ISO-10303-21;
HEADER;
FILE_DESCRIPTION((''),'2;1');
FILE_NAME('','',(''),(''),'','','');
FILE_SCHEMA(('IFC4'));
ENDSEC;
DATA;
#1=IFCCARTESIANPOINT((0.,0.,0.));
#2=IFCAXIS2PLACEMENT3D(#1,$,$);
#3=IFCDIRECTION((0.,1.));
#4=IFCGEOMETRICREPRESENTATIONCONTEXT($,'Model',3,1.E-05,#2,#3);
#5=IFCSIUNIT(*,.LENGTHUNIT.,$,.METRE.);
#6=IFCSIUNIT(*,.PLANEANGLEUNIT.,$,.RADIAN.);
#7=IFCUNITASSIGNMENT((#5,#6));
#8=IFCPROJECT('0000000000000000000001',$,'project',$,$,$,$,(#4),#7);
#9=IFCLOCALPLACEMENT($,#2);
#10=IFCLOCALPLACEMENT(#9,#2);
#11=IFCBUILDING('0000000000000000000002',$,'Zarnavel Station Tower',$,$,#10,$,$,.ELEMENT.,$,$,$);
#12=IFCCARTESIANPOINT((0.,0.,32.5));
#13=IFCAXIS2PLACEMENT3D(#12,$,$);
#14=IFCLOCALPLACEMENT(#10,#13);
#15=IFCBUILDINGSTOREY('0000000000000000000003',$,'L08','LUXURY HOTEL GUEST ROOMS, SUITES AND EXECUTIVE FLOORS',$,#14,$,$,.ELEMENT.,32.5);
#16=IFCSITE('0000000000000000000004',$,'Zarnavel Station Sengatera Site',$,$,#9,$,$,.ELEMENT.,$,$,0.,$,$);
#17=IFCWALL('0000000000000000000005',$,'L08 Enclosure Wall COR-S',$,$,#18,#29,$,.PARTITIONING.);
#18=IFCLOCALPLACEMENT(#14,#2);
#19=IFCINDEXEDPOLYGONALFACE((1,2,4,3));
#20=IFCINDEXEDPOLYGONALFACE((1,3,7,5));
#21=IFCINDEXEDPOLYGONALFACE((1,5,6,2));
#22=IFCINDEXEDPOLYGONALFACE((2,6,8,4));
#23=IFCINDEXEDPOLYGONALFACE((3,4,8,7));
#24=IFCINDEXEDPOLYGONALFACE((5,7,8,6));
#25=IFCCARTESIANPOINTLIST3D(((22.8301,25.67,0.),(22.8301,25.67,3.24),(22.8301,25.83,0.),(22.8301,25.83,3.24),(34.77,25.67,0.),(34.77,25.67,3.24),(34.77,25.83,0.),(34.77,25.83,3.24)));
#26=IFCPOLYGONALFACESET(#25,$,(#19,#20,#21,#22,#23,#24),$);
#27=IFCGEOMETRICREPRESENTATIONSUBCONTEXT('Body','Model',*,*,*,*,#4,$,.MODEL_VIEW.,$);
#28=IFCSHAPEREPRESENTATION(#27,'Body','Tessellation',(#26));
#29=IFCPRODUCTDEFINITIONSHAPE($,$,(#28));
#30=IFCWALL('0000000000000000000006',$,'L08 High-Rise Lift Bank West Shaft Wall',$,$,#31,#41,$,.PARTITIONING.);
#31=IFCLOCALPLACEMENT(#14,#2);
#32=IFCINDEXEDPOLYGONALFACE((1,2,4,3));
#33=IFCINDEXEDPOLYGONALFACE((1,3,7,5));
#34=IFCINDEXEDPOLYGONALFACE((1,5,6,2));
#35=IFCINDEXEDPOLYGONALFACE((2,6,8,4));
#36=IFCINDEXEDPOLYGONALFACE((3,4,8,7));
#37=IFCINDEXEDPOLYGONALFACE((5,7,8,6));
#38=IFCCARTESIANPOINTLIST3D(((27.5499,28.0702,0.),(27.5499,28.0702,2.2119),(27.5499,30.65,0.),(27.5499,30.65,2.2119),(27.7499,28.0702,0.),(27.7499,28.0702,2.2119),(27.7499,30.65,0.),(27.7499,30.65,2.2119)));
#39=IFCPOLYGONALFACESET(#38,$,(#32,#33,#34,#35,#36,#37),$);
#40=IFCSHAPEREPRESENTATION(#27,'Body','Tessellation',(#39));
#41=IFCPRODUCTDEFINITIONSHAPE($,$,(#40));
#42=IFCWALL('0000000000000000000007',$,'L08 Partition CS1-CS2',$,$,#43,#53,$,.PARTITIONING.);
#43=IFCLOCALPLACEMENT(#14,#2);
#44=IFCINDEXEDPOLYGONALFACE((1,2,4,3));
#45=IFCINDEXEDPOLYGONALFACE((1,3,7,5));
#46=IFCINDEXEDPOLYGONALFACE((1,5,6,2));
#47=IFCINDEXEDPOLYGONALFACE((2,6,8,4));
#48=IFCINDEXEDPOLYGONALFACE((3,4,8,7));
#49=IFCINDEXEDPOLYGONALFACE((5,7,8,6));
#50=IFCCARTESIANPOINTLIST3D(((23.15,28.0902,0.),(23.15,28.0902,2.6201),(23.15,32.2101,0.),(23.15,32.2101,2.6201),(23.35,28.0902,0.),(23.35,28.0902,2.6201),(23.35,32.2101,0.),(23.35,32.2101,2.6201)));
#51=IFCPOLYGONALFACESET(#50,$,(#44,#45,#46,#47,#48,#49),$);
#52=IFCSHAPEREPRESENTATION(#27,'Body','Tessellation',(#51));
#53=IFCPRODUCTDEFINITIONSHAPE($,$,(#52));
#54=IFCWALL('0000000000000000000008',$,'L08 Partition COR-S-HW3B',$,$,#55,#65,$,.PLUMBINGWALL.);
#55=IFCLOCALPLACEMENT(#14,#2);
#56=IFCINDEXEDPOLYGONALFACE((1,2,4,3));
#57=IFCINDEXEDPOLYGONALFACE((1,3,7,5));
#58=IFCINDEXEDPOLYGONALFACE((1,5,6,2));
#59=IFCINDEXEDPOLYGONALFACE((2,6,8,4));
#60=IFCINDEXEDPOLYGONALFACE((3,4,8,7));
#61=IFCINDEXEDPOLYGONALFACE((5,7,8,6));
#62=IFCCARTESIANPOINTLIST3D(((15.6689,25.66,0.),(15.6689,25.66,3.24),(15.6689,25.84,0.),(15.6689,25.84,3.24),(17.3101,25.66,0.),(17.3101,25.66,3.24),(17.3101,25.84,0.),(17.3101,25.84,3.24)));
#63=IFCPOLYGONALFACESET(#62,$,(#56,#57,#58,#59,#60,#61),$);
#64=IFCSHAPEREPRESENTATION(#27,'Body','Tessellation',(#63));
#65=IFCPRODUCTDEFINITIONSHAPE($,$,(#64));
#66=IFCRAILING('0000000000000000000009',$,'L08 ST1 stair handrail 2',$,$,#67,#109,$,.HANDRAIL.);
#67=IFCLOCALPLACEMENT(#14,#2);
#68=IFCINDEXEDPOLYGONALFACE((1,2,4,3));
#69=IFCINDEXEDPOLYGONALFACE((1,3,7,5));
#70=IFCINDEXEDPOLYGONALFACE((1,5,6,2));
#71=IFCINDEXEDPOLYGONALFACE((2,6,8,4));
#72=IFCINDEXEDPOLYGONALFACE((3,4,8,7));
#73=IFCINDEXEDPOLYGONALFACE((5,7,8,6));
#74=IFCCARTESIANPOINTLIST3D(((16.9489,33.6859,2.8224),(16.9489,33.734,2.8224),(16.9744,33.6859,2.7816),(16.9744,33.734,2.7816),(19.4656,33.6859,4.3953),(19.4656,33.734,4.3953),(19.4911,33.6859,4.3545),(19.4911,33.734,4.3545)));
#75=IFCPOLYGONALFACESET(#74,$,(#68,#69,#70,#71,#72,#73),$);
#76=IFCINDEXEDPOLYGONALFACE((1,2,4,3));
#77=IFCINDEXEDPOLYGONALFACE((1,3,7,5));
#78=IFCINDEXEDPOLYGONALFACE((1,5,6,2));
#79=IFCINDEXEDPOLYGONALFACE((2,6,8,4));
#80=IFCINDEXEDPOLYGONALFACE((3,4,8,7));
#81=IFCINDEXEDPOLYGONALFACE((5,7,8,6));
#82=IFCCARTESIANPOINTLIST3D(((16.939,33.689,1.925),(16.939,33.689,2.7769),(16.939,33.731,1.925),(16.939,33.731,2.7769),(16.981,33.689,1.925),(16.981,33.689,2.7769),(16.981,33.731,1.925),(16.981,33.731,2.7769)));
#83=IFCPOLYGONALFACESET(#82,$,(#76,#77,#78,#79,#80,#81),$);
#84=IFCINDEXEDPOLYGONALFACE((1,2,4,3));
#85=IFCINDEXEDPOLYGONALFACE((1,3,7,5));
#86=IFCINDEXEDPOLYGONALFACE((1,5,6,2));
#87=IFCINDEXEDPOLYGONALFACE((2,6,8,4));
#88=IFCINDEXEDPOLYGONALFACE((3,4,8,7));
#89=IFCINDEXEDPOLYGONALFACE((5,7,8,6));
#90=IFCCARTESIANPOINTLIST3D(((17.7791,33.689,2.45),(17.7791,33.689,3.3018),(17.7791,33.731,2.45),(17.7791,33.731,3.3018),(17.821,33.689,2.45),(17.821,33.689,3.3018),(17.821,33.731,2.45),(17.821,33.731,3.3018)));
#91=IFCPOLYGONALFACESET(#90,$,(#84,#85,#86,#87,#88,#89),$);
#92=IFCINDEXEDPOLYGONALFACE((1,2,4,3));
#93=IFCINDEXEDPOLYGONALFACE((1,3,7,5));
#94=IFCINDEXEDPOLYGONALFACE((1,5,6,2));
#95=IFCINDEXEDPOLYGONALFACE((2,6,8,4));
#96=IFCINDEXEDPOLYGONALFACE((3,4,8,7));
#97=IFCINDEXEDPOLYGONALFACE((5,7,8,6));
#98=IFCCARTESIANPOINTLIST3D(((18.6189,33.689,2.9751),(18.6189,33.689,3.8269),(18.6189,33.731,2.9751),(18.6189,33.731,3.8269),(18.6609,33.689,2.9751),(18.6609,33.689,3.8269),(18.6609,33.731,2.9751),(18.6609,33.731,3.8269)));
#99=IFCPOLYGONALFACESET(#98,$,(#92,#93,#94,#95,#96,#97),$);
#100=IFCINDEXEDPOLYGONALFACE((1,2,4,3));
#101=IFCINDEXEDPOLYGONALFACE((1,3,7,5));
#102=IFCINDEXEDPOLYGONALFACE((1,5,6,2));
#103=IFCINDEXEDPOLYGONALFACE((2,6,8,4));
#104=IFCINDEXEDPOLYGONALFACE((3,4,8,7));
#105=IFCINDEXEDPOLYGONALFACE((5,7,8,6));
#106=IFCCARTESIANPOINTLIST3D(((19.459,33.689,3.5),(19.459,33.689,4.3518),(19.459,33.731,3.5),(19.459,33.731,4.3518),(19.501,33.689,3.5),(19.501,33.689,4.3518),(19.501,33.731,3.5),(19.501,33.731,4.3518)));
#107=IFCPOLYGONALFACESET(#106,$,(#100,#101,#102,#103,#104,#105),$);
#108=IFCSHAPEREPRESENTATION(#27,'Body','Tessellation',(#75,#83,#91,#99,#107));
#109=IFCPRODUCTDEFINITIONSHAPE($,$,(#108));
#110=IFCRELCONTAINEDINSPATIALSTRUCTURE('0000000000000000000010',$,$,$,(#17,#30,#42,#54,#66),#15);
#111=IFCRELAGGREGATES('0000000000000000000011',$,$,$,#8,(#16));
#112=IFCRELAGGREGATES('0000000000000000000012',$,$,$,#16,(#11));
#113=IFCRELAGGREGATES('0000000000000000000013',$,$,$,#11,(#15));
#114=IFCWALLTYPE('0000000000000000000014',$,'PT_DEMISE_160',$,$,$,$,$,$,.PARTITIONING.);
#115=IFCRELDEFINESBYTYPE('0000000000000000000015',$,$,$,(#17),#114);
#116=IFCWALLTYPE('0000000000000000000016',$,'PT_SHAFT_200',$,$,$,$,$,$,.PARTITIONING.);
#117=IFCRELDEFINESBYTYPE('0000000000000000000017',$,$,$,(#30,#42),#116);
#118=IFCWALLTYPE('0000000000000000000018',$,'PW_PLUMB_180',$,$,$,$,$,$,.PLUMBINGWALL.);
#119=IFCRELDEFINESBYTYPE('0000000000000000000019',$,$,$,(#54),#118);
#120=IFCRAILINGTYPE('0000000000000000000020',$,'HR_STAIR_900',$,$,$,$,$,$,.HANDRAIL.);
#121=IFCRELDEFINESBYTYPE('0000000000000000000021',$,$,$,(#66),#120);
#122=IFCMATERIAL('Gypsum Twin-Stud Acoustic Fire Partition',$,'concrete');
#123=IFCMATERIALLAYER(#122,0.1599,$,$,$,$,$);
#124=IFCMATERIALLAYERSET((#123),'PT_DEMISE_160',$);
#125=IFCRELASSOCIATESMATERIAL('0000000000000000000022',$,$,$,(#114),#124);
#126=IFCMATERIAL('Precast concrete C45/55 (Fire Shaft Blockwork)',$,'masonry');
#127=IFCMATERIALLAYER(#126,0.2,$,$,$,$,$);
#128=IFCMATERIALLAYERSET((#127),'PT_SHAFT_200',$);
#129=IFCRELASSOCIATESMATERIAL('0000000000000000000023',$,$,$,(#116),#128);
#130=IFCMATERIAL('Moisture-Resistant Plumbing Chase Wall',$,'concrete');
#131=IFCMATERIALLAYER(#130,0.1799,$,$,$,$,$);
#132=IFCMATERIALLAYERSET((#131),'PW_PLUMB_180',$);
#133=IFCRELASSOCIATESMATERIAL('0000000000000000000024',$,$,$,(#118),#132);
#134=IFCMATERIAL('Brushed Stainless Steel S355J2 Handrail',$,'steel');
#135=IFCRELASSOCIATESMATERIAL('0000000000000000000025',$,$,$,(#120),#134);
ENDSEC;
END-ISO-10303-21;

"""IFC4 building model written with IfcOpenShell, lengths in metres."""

from ifc_helpers import new_model, si_unit, direction, frame, frame_2d, origin, origin_2d, place, context, subcontext, project, spatial, rectangle, extrude, material, layer, layer_set, type_object, element, save


model = new_model("IFC4")

# Units and contexts
model_context = context("Model", 3, precision=1e-05, world=origin(), true_north=direction((0.0, 1.0)))
body_context = subcontext(model_context, "Body", "Model", "MODEL_VIEW")
ifc_project = project(units=[si_unit("LENGTHUNIT", "METRE"), si_unit("PLANEANGLEUNIT", "RADIAN")], contexts=[model_context])

# Site, building, storey
site_placement = place(None, origin())
site = spatial("IfcSite", under=ifc_project, at=site_placement, Name="Zarnavel Station Sengatera Site", CompositionType="ELEMENT", RefElevation=0.0)
building_placement = place(site_placement, origin())
building = spatial("IfcBuilding", under=site, at=building_placement, Name="Zarnavel Station Tower", CompositionType="ELEMENT")
storey_placement = place(building_placement, frame((0.0, 0.0, 32.5)))
storey = spatial("IfcBuildingStorey", under=building, at=storey_placement, Name="L08", Description="LUXURY HOTEL GUEST ROOMS, SUITES AND EXECUTIVE FLOORS", CompositionType="ELEMENT", Elevation=32.5)

# Shared definitions
ifc_material_1 = material(Name="Gypsum Twin-Stud Acoustic Fire Partition", Category="concrete")
ifc_layer_1 = layer(ifc_material_1, 0.1599)
ifc_layer_set_1 = layer_set([ifc_layer_1], Name="PT_DEMISE_160")
wall_type_1 = type_object("IfcWallType", Name="PT_DEMISE_160", PredefinedType="PARTITIONING", material=ifc_layer_set_1)

# Wall
wall_1_placement = place(storey_placement, frame((22.8301, 25.75, 0.0), z_axis=(0.0, 0.0, 1.0), x_axis=(1.0, 0.0, 0.0)))
element("IfcWall", 1, at=wall_1_placement, inside=storey, type_object=wall_type_1, Name="L08 Enclosure Wall COR-S", PredefinedType="PARTITIONING", context=body_context, shape_type="SweptSolid", body=[
    extrude(rectangle(XDim=11.9399, YDim=0.1599, at=frame_2d((5.97, 0.0))), origin(), (0.0, 0.0, 1.0), 3.24),
])

# Shared definitions
ifc_material_2 = material(Name="Precast concrete C45/55 (Fire Shaft Blockwork)", Category="masonry")
ifc_layer_2 = layer(ifc_material_2, 0.2)
ifc_layer_set_2 = layer_set([ifc_layer_2], Name="PT_SHAFT_200")
wall_type_2 = type_object("IfcWallType", Name="PT_SHAFT_200", PredefinedType="PARTITIONING", material=ifc_layer_set_2)

# Wall
wall_2_placement = place(storey_placement, frame((27.6499, 28.0701, 0.0), z_axis=(0.0, 0.0, 1.0), x_axis=(0.0, 1.0, 0.0)))
element("IfcWall", 2, at=wall_2_placement, inside=storey, type_object=wall_type_2, Name="L08 High-Rise Lift Bank West Shaft Wall", PredefinedType="PARTITIONING", context=body_context, shape_type="SweptSolid", body=[
    extrude(rectangle(XDim=2.5798, YDim=0.2, at=frame_2d((1.29, 0.0))), origin(), (0.0, 0.0, 1.0), 2.2119),
])

# Walls
wall_3_placement = place(storey_placement, frame((23.25, 28.0901, 0.0), z_axis=(0.0, 0.0, 1.0), x_axis=(0.0, 1.0, 0.0)))
element("IfcWall", 3, at=wall_3_placement, inside=storey, type_object=wall_type_2, Name="L08 Partition CS1-CS2", PredefinedType="PARTITIONING", context=body_context, shape_type="SweptSolid", body=[
    extrude(rectangle(XDim=4.1199, YDim=0.2, at=frame_2d((2.0601, 0.0))), origin(), (0.0, 0.0, 1.0), 2.6201),
])
ifc_material_3 = material(Name="Moisture-Resistant Plumbing Chase Wall", Category="concrete")
ifc_layer_3 = layer(ifc_material_3, 0.1799)
ifc_layer_set_3 = layer_set([ifc_layer_3], Name="PW_PLUMB_180")
wall_type_3 = type_object("IfcWallType", Name="PW_PLUMB_180", PredefinedType="PLUMBINGWALL", material=ifc_layer_set_3)
wall_4_placement = place(storey_placement, frame((15.6689, 25.75, 0.0), z_axis=(0.0, 0.0, 1.0), x_axis=(1.0, 0.0, 0.0)))
element("IfcWall", 4, at=wall_4_placement, inside=storey, type_object=wall_type_3, Name="L08 Partition COR-S-HW3B", PredefinedType="PLUMBINGWALL", context=body_context, shape_type="SweptSolid", body=[
    extrude(rectangle(XDim=1.6411, YDim=0.1799, at=frame_2d((0.8206, 0.0))), origin(), (0.0, 0.0, 1.0), 3.24),
])

# Railing
ifc_material_4 = material(Name="Brushed Stainless Steel S355J2 Handrail", Category="steel")
railing_type = type_object("IfcRailingType", Name="HR_STAIR_900", PredefinedType="HANDRAIL", material=ifc_material_4)
railing_placement = place(storey_placement, frame((16.96, 33.71, 1.925)))
element("IfcRailing", 5, at=railing_placement, inside=storey, type_object=railing_type, Name="L08 ST1 stair handrail 2", PredefinedType="HANDRAIL", context=body_context, shape_type="SweptSolid", body=[
    extrude(rectangle(XDim=0.0481, YDim=0.0481, at=origin_2d()), frame((0.0017, 0.0, 0.877), z_axis=(0.848008, 0.0, 0.529984), x_axis=(0.0, 1.0, 0.0)), (0.0, 0.0, 1.0), 2.9678),
    extrude(rectangle(XDim=0.042, YDim=0.042, at=origin_2d()), origin(), (0.0, 0.0, 1.0), 0.8518),
    extrude(rectangle(XDim=0.042, YDim=0.042, at=origin_2d()), frame((0.8401, 0.0, 0.5249)), (0.0, 0.0, 1.0), 0.8518),
    extrude(rectangle(XDim=0.042, YDim=0.042, at=origin_2d()), frame((1.6799, 0.0, 1.05)), (0.0, 0.0, 1.0), 0.8518),
    extrude(rectangle(XDim=0.042, YDim=0.042, at=origin_2d()), frame((2.52, 0.0, 1.575)), (0.0, 0.0, 1.0), 0.8518),
])

save(model, "model.ifc")
